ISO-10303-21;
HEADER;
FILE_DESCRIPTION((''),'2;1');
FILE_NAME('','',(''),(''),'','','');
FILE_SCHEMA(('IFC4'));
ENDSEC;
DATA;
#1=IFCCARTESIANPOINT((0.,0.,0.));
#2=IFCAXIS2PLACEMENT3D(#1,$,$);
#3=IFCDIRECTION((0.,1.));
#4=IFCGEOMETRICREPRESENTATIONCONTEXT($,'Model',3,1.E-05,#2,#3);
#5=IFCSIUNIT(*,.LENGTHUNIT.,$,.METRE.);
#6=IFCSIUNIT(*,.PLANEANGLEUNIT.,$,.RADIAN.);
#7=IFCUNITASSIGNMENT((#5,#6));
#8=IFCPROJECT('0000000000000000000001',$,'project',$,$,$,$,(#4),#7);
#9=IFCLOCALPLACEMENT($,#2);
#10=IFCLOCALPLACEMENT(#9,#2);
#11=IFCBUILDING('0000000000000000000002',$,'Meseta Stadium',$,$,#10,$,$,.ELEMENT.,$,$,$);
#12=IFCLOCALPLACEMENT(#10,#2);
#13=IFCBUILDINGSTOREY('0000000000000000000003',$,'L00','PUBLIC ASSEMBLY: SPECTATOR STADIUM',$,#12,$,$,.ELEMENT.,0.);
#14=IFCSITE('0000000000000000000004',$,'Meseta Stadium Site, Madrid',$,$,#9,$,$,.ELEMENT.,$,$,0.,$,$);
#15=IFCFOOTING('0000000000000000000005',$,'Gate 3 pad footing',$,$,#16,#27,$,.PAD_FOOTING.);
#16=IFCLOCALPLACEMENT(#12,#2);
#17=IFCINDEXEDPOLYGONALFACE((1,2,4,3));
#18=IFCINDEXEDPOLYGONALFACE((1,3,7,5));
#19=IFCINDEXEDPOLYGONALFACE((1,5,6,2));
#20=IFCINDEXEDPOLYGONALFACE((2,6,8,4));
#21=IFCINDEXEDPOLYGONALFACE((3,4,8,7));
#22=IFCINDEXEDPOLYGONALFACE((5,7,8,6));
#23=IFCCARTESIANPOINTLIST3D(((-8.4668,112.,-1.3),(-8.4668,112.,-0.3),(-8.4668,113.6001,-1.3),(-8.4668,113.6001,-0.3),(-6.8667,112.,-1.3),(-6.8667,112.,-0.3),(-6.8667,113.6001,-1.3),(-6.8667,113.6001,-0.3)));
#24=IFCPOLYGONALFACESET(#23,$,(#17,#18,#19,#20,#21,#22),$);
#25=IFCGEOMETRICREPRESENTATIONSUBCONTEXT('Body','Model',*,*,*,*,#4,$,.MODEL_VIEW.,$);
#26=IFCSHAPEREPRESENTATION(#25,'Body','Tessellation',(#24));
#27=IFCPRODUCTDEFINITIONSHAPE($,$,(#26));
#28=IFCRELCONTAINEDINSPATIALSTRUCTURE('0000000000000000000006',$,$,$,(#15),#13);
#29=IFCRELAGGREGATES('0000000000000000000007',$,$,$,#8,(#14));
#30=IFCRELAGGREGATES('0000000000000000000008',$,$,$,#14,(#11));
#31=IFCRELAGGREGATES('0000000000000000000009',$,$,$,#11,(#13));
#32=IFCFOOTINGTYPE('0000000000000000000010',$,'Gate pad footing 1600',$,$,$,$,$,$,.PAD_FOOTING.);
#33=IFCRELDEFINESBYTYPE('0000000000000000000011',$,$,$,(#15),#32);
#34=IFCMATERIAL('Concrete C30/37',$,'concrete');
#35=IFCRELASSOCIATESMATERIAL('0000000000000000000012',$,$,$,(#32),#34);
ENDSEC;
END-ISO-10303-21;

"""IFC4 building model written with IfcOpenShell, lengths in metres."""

from ifc_helpers import new_model, si_unit, direction, frame, origin, place, context, subcontext, project, spatial, polyline, outline, extrude, material, type_object, element, save


model = new_model("IFC4")

# Units and contexts
model_context = context("Model", 3, precision=1e-05, world=origin(), true_north=direction((0.0, 1.0)))
body_context = subcontext(model_context, "Body", "Model", "MODEL_VIEW")
ifc_project = project(units=[si_unit("LENGTHUNIT", "METRE"), si_unit("PLANEANGLEUNIT", "RADIAN")], contexts=[model_context])

# Site, building, storey
site_placement = place(None, origin())
site = spatial("IfcSite", under=ifc_project, at=site_placement, Name="Meseta Stadium Site, Madrid", CompositionType="ELEMENT", RefElevation=0.0)
building_placement = place(site_placement, origin())
building = spatial("IfcBuilding", under=site, at=building_placement, Name="Meseta Stadium", CompositionType="ELEMENT")
storey_placement = place(building_placement, origin())
storey = spatial("IfcBuildingStorey", under=building, at=storey_placement, Name="L00", Description="PUBLIC ASSEMBLY: SPECTATOR STADIUM", CompositionType="ELEMENT", Elevation=0.0)

# Footing
ifc_material_1 = material(Name="Concrete C30/37", Category="concrete")
footing_type_1 = type_object("IfcFootingType", Name="Gate pad footing 1600", PredefinedType="PAD_FOOTING", material=ifc_material_1)
footing_1_placement = place(storey_placement, frame((0.0, 0.0, -1.3)))
element("IfcFooting", 1, at=footing_1_placement, inside=storey, type_object=footing_type_1, Name="Gate 3 pad footing", PredefinedType="PAD_FOOTING", context=body_context, shape_type="SweptSolid", body=[
    extrude(outline(polyline([(-6.8667, 112.0), (-6.8667, 113.6001), (-8.4668, 113.6001), (-8.4668, 112.0), (-6.8667, 112.0)])), origin(), (0.0, 0.0, 1.0), 1.0),
])

save(model, "model.ifc")
